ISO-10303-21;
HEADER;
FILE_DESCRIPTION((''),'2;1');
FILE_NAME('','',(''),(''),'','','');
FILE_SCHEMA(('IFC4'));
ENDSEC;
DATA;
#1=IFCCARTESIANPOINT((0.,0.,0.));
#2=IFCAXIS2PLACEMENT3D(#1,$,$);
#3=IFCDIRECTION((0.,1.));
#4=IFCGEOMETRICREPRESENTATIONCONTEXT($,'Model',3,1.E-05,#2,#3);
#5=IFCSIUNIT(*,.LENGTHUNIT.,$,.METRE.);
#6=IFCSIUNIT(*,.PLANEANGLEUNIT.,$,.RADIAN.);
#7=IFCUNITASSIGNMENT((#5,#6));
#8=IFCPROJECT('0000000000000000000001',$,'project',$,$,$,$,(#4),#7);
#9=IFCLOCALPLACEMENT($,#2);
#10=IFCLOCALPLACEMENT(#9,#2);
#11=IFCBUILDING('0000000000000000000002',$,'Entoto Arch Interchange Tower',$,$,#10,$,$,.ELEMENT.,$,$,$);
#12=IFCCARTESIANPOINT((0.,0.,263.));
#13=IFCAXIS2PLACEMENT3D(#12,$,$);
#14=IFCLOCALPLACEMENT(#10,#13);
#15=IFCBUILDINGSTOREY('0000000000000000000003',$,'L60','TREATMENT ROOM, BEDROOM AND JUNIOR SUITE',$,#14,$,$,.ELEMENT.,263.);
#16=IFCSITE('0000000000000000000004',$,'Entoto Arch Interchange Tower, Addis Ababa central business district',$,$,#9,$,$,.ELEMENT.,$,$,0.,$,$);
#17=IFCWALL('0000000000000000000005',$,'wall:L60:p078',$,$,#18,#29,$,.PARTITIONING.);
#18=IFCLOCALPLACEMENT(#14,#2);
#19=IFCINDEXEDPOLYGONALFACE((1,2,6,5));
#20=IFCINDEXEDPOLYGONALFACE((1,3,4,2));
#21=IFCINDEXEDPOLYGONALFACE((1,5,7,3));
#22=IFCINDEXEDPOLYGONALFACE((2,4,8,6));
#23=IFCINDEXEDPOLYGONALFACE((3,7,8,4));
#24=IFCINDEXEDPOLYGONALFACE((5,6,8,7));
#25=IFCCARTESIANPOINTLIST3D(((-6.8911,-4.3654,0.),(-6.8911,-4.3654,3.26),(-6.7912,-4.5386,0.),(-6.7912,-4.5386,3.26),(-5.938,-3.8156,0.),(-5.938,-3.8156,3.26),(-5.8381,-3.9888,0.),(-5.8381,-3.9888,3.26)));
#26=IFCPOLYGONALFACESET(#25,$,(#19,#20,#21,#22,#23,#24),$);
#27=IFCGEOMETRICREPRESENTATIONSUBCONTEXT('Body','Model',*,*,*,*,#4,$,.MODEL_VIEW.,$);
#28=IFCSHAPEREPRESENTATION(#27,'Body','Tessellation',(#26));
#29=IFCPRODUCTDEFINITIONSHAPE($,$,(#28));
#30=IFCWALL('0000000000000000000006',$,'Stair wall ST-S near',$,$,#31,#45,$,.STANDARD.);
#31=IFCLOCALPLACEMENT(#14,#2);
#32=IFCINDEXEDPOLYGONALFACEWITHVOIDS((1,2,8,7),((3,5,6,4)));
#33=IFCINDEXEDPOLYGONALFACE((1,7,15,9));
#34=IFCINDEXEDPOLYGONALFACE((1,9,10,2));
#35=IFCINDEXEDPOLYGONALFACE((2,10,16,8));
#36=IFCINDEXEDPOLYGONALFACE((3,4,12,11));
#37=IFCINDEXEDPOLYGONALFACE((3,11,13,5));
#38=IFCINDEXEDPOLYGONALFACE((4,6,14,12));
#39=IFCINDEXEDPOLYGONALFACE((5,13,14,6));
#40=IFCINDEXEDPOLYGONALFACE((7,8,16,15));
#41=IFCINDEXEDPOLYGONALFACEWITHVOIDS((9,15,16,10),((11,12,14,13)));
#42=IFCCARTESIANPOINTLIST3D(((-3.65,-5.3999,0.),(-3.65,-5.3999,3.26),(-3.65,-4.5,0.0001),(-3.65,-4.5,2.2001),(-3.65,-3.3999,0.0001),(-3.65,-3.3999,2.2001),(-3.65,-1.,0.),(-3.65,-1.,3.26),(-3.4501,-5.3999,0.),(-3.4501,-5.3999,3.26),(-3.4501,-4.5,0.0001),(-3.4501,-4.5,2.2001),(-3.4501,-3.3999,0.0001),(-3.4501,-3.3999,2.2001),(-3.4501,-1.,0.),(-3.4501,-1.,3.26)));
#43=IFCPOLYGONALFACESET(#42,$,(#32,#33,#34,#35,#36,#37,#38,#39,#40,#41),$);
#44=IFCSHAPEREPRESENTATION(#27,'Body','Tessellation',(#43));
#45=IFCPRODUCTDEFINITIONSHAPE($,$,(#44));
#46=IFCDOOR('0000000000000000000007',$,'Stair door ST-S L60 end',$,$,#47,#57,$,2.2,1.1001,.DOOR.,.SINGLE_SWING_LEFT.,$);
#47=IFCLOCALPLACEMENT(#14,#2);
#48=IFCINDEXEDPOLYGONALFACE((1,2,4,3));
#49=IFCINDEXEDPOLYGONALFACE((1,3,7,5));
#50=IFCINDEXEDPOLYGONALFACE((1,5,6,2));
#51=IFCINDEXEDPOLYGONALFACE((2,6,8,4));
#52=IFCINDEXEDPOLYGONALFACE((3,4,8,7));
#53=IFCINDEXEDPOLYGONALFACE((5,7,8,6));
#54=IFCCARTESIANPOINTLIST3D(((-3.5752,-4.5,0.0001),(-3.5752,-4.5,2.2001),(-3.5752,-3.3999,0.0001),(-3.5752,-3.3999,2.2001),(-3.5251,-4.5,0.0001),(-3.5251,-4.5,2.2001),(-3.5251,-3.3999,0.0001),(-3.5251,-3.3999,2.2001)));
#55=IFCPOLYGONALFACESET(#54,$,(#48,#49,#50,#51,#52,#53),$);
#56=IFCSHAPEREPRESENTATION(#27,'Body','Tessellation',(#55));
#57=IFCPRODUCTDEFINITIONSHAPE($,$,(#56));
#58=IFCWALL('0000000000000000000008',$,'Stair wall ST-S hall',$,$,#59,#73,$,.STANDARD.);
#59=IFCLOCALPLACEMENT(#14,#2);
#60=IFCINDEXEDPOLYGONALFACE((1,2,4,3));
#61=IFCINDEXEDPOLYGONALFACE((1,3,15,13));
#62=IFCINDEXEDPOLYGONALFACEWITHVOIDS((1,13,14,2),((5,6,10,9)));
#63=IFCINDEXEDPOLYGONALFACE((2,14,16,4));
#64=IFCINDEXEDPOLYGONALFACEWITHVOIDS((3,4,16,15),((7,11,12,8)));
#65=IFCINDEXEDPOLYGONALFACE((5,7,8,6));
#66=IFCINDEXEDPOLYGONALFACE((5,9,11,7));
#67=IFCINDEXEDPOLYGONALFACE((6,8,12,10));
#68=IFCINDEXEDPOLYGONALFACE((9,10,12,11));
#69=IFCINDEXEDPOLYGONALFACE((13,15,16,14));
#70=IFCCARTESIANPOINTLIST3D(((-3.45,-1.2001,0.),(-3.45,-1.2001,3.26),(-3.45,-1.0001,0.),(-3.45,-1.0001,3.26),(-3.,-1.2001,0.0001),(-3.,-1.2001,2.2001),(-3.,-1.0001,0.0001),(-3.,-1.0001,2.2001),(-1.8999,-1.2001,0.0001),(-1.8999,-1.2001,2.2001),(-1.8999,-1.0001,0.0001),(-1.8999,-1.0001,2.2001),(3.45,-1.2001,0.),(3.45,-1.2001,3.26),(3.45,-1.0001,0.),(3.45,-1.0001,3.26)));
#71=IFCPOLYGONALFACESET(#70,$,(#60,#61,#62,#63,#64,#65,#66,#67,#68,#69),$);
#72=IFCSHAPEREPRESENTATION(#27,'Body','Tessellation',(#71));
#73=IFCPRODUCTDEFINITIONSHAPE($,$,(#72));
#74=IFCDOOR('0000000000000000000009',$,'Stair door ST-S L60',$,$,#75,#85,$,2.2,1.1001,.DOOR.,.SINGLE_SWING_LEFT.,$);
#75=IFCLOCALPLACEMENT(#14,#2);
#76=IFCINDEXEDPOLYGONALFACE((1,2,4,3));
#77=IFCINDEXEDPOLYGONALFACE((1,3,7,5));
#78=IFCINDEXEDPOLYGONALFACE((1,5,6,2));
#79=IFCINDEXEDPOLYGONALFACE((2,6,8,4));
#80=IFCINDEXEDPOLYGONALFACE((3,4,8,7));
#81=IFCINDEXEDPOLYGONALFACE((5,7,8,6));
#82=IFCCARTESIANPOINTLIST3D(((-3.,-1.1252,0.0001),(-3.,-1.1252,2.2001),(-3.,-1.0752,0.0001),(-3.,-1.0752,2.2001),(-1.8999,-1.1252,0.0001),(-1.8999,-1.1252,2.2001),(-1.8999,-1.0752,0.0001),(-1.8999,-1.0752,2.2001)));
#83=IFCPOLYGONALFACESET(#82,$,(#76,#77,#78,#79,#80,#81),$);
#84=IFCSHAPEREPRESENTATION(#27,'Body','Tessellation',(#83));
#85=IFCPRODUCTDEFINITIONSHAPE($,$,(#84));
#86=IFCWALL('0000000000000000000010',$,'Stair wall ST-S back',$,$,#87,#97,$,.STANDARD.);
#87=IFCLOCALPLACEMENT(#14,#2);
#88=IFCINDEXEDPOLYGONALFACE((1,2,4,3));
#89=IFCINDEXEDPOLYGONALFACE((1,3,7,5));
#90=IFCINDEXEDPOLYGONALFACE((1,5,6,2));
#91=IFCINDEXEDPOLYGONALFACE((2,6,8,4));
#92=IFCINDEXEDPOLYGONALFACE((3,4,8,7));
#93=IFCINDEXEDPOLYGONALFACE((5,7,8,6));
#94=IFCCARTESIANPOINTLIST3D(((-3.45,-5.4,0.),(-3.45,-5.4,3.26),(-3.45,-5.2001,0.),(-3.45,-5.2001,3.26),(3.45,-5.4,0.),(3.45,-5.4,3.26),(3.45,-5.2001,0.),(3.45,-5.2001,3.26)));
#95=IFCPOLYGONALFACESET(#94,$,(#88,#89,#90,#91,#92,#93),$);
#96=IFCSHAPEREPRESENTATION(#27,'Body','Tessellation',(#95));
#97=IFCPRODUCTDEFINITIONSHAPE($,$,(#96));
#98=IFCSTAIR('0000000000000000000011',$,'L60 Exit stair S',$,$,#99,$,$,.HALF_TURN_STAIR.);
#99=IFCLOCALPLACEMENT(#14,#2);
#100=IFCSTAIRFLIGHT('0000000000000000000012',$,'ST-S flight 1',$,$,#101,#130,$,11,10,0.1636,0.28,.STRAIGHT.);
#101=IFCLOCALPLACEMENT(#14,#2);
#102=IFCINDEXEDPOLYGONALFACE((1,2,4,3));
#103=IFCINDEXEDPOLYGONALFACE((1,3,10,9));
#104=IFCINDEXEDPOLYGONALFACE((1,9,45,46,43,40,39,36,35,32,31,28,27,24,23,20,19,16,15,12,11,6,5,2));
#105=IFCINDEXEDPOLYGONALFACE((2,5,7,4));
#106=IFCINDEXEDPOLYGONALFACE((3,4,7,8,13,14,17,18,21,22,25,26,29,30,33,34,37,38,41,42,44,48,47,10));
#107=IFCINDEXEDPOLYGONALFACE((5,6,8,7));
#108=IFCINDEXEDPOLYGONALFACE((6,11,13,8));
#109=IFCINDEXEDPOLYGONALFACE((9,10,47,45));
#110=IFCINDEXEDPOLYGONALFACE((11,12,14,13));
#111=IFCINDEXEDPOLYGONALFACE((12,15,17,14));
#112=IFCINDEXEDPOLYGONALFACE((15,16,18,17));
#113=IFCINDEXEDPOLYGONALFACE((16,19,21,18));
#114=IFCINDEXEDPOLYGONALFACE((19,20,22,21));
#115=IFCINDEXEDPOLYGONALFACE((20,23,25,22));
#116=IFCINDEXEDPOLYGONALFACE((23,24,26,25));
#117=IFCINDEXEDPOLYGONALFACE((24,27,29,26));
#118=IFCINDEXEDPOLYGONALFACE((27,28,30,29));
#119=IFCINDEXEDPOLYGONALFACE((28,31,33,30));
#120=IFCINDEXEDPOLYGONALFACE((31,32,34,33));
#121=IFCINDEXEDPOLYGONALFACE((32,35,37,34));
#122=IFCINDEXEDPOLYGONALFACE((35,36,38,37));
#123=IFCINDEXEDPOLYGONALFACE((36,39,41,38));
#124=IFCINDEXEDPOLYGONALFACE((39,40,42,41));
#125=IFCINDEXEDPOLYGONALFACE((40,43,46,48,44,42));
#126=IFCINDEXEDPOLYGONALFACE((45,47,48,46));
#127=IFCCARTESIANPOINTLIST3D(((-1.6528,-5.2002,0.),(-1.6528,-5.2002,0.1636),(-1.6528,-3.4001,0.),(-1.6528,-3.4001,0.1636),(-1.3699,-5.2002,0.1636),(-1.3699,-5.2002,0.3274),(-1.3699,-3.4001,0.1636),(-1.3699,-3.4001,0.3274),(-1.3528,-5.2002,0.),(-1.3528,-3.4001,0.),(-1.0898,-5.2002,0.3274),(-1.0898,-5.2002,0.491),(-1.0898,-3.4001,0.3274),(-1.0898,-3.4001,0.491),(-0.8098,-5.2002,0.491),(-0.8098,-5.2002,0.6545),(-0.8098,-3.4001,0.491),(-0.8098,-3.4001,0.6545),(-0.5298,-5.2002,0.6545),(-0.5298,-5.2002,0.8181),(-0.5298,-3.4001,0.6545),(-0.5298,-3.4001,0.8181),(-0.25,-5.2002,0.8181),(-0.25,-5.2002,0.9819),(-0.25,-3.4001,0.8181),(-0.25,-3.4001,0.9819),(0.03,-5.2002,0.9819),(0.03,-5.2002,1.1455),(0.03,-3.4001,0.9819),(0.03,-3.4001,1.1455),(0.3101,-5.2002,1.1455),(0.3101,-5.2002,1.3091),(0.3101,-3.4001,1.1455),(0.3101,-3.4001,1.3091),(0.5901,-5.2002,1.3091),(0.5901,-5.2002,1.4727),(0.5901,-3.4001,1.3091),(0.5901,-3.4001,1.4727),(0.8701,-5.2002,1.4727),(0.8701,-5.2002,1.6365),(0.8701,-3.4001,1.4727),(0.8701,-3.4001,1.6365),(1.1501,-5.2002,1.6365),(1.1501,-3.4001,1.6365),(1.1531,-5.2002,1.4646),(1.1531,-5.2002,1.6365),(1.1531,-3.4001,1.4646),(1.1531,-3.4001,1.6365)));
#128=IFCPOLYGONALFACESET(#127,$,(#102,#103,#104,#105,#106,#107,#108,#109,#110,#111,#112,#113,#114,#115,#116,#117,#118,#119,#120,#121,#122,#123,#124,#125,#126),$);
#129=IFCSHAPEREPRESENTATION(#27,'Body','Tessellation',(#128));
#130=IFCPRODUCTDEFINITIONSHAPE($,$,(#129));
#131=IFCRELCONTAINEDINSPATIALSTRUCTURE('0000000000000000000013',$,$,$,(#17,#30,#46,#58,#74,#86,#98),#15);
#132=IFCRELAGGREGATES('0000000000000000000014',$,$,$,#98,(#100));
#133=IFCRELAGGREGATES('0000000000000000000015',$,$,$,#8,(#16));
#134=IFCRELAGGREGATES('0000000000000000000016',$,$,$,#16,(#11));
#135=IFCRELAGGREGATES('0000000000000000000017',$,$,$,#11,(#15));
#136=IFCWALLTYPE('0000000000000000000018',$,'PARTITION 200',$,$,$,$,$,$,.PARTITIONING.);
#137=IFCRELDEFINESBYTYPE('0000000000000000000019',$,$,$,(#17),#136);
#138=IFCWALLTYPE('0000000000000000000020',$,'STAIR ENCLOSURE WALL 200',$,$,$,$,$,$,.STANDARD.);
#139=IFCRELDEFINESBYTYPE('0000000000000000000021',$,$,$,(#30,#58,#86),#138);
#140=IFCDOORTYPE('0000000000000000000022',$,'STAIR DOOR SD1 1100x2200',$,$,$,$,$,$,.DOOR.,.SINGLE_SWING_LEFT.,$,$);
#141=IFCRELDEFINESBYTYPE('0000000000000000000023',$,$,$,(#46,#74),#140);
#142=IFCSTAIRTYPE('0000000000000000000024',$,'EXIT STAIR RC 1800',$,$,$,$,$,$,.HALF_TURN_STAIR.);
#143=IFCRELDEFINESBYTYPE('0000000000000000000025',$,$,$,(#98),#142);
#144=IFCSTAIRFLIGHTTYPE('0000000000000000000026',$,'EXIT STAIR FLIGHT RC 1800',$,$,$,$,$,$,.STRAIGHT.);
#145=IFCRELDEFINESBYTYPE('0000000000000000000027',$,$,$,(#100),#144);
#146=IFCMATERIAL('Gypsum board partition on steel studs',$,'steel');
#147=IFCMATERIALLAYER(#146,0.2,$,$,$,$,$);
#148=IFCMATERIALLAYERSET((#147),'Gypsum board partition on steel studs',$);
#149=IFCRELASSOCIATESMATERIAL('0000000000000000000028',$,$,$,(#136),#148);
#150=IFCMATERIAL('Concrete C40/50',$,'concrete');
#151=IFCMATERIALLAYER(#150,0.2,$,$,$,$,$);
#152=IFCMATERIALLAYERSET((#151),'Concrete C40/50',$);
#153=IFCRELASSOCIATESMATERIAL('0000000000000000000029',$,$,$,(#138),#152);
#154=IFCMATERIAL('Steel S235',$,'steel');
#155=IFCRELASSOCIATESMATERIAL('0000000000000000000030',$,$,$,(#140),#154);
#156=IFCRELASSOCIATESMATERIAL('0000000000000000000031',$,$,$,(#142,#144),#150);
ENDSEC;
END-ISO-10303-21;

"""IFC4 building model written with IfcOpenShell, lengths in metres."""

from ifc_helpers import new_model, si_unit, direction, frame, frame_2d, origin, place, context, subcontext, project, spatial, polyline, rectangle, outline, extrude, material, layer, layer_set, type_object, element, fill, aggregate, save


model = new_model("IFC4")

# Units and contexts
model_context = context("Model", 3, precision=1e-05, world=origin(), true_north=direction((0.0, 1.0)))
body_context = subcontext(model_context, "Body", "Model", "MODEL_VIEW")
ifc_project = project(units=[si_unit("LENGTHUNIT", "METRE"), si_unit("PLANEANGLEUNIT", "RADIAN")], contexts=[model_context])

# Site, building, storey
site_placement = place(None, origin())
site = spatial("IfcSite", under=ifc_project, at=site_placement, Name="Entoto Arch Interchange Tower, Addis Ababa central business district", CompositionType="ELEMENT", RefElevation=0.0)
building_placement = place(site_placement, origin())
building = spatial("IfcBuilding", under=site, at=building_placement, Name="Entoto Arch Interchange Tower", CompositionType="ELEMENT")
storey_placement = place(building_placement, frame((0.0, 0.0, 263.0)))
storey = spatial("IfcBuildingStorey", under=building, at=storey_placement, Name="L60", Description="TREATMENT ROOM, BEDROOM AND JUNIOR SUITE", CompositionType="ELEMENT", Elevation=263.0)

# Wall
ifc_material_1 = material(Name="Concrete C40/50", Category="concrete")
ifc_material_2 = material(Name="Gypsum board partition on steel studs", Category="steel")
ifc_layer_1 = layer(ifc_material_2, 0.2)
ifc_layer_set_1 = layer_set([ifc_layer_1], Name="Gypsum board partition on steel studs")
wall_type_1 = type_object("IfcWallType", Name="PARTITION 200", PredefinedType="PARTITIONING", material=ifc_layer_set_1)
wall_1_placement = place(storey_placement, frame((-5.8879, -3.9021, 0.0), z_axis=(0.0, 0.0, 1.0), x_axis=(-0.866215, -0.499671, 0.0)))
element("IfcWall", 1, at=wall_1_placement, inside=storey, type_object=wall_type_1, Name="wall:L60:p078", PredefinedType="PARTITIONING", context=body_context, shape_type="SweptSolid", body=[
    extrude(rectangle(XDim=1.1003, YDim=0.2, at=frame_2d((0.5503, 0.0))), origin(), (0.0, 0.0, 1.0), 3.26),
])

# Walls, openings, doors
ifc_layer_2 = layer(ifc_material_1, 0.2)
ifc_layer_set_2 = layer_set([ifc_layer_2], Name="Concrete C40/50")
wall_type_2 = type_object("IfcWallType", Name="STAIR ENCLOSURE WALL 200", PredefinedType="STANDARD", material=ifc_layer_set_2)
wall_2_placement = place(storey_placement, frame((-3.55, -1.0, 0.0), z_axis=(0.0, 0.0, 1.0), x_axis=(0.0, -1.0, 0.0)))
wall_2 = element("IfcWall", 2, at=wall_2_placement, inside=storey, type_object=wall_type_2, Name="Stair wall ST-S near", PredefinedType="STANDARD", context=body_context, shape_type="SweptSolid", body=[
    extrude(rectangle(XDim=4.3999, YDim=0.2, at=frame_2d((2.2, 0.0))), origin(), (0.0, 0.0, 1.0), 3.26),
])
opening_1_placement = place(wall_2_placement, frame((2.3999, 0.0, 0.0)))
opening_1 = element("IfcOpeningElement", 3, at=opening_1_placement, cuts=wall_2, PredefinedType="OPENING", context=body_context, shape_type="SweptSolid", body=[
    extrude(rectangle(XDim=1.1001, YDim=2.2, at=frame_2d((0.55, 1.1001))), frame((0.0, 0.1099, 0.0), z_axis=(0.0, -1.0, 0.0), x_axis=(1.0, 0.0, 0.0)), (0.0, 0.0, 1.0), 0.22),
])
ifc_material_3 = material(Name="Steel S235", Category="steel")
door_type = type_object("IfcDoorType", Name="STAIR DOOR SD1 1100x2200", OperationType="SINGLE_SWING_LEFT", PredefinedType="DOOR", material=ifc_material_3)
door_1_placement = place(opening_1_placement, origin())
door_1 = element("IfcDoor", 4, at=door_1_placement, inside=storey, type_object=door_type, Name="Stair door ST-S L60 end", OperationType="SINGLE_SWING_LEFT", OverallHeight=2.2, OverallWidth=1.1001, PredefinedType="DOOR", context=body_context, shape_type="SweptSolid", body=[
    extrude(rectangle(XDim=1.1001, YDim=2.2, at=frame_2d((0.55, 1.1001))), frame((0.0, 0.0249, 0.0), z_axis=(0.0, -1.0, 0.0), x_axis=(1.0, 0.0, 0.0)), (0.0, 0.0, 1.0), 0.05),
])
fill(opening_1, door_1)
wall_3_placement = place(storey_placement, frame((-3.45, -1.1001, 0.0), z_axis=(0.0, 0.0, 1.0), x_axis=(1.0, 0.0, 0.0)))
wall_3 = element("IfcWall", 5, at=wall_3_placement, inside=storey, type_object=wall_type_2, Name="Stair wall ST-S hall", PredefinedType="STANDARD", context=body_context, shape_type="SweptSolid", body=[
    extrude(rectangle(XDim=6.8999, YDim=0.2, at=frame_2d((3.45, 0.0))), origin(), (0.0, 0.0, 1.0), 3.26),
])
opening_2_placement = place(wall_3_placement, frame((0.45, 0.0, 0.0)))
opening_2 = element("IfcOpeningElement", 6, at=opening_2_placement, cuts=wall_3, PredefinedType="OPENING", context=body_context, shape_type="SweptSolid", body=[
    extrude(rectangle(XDim=1.1001, YDim=2.2, at=frame_2d((0.55, 1.1001))), frame((0.0, 0.1099, 0.0), z_axis=(0.0, -1.0, 0.0), x_axis=(1.0, 0.0, 0.0)), (0.0, 0.0, 1.0), 0.22),
])
door_2_placement = place(opening_2_placement, origin())
door_2 = element("IfcDoor", 7, at=door_2_placement, inside=storey, type_object=door_type, Name="Stair door ST-S L60", OperationType="SINGLE_SWING_LEFT", OverallHeight=2.2, OverallWidth=1.1001, PredefinedType="DOOR", context=body_context, shape_type="SweptSolid", body=[
    extrude(rectangle(XDim=1.1001, YDim=2.2, at=frame_2d((0.55, 1.1001))), frame((0.0, 0.0249, 0.0), z_axis=(0.0, -1.0, 0.0), x_axis=(1.0, 0.0, 0.0)), (0.0, 0.0, 1.0), 0.05),
])
fill(opening_2, door_2)

# Wall
wall_4_placement = place(storey_placement, frame((-3.45, -5.3, 0.0), z_axis=(0.0, 0.0, 1.0), x_axis=(1.0, 0.0, 0.0)))
element("IfcWall", 8, at=wall_4_placement, inside=storey, type_object=wall_type_2, Name="Stair wall ST-S back", PredefinedType="STANDARD", context=body_context, shape_type="SweptSolid", body=[
    extrude(rectangle(XDim=6.8999, YDim=0.2, at=frame_2d((3.45, 0.0))), origin(), (0.0, 0.0, 1.0), 3.26),
])

# Stair, stair flight
stair_type = type_object("IfcStairType", Name="EXIT STAIR RC 1800", PredefinedType="HALF_TURN_STAIR", material=ifc_material_1)
stair_placement = place(storey_placement, origin())
stair = element("IfcStair", 9, at=stair_placement, inside=storey, type_object=stair_type, Name="L60 Exit stair S", PredefinedType="HALF_TURN_STAIR")
stair_flight_type = type_object("IfcStairFlightType", Name="EXIT STAIR FLIGHT RC 1800", PredefinedType="STRAIGHT", material=ifc_material_1)
stair_flight_placement = place(storey_placement, frame((-1.6499, -4.3, 0.0), z_axis=(0.0, 0.0, 1.0), x_axis=(1.0, 0.0, 0.0)))
stair_flight = element("IfcStairFlight", 10, at=stair_flight_placement, type_object=stair_flight_type, Name="ST-S flight 1", NumberOfRisers=11, NumberOfTreads=10, PredefinedType="STRAIGHT", RiserHeight=0.1636, TreadLength=0.28, context=body_context, shape_type="SweptSolid", body=[
    extrude(outline(polyline([(-0.0029, 0.0), (-0.0029, 0.1636), (0.28, 0.1636), (0.28, 0.3274), (0.5601, 0.3274), (0.5601, 0.491), (0.8401, 0.491), (0.8401, 0.6545), (1.1201, 0.6545), (1.1201, 0.8181), (1.3999, 0.8181), (1.3999, 0.9819), (1.6799, 0.9819), (1.6799, 1.1455), (1.96, 1.1455), (1.96, 1.3091), (2.24, 1.3091), (2.24, 1.4727), (2.52, 1.4727), (2.52, 1.6365), (2.8, 1.6365), (2.803, 1.6365), (2.803, 1.4646), (0.2971, 0.0), (-0.0029, 0.0)])), frame((0.0, 0.8999, 0.0), z_axis=(0.0, -1.0, 0.0), x_axis=(1.0, 0.0, 0.0)), (0.0, 0.0, 1.0), 1.8),
])
aggregate(stair, [stair_flight])

save(model, "model.ifc")
